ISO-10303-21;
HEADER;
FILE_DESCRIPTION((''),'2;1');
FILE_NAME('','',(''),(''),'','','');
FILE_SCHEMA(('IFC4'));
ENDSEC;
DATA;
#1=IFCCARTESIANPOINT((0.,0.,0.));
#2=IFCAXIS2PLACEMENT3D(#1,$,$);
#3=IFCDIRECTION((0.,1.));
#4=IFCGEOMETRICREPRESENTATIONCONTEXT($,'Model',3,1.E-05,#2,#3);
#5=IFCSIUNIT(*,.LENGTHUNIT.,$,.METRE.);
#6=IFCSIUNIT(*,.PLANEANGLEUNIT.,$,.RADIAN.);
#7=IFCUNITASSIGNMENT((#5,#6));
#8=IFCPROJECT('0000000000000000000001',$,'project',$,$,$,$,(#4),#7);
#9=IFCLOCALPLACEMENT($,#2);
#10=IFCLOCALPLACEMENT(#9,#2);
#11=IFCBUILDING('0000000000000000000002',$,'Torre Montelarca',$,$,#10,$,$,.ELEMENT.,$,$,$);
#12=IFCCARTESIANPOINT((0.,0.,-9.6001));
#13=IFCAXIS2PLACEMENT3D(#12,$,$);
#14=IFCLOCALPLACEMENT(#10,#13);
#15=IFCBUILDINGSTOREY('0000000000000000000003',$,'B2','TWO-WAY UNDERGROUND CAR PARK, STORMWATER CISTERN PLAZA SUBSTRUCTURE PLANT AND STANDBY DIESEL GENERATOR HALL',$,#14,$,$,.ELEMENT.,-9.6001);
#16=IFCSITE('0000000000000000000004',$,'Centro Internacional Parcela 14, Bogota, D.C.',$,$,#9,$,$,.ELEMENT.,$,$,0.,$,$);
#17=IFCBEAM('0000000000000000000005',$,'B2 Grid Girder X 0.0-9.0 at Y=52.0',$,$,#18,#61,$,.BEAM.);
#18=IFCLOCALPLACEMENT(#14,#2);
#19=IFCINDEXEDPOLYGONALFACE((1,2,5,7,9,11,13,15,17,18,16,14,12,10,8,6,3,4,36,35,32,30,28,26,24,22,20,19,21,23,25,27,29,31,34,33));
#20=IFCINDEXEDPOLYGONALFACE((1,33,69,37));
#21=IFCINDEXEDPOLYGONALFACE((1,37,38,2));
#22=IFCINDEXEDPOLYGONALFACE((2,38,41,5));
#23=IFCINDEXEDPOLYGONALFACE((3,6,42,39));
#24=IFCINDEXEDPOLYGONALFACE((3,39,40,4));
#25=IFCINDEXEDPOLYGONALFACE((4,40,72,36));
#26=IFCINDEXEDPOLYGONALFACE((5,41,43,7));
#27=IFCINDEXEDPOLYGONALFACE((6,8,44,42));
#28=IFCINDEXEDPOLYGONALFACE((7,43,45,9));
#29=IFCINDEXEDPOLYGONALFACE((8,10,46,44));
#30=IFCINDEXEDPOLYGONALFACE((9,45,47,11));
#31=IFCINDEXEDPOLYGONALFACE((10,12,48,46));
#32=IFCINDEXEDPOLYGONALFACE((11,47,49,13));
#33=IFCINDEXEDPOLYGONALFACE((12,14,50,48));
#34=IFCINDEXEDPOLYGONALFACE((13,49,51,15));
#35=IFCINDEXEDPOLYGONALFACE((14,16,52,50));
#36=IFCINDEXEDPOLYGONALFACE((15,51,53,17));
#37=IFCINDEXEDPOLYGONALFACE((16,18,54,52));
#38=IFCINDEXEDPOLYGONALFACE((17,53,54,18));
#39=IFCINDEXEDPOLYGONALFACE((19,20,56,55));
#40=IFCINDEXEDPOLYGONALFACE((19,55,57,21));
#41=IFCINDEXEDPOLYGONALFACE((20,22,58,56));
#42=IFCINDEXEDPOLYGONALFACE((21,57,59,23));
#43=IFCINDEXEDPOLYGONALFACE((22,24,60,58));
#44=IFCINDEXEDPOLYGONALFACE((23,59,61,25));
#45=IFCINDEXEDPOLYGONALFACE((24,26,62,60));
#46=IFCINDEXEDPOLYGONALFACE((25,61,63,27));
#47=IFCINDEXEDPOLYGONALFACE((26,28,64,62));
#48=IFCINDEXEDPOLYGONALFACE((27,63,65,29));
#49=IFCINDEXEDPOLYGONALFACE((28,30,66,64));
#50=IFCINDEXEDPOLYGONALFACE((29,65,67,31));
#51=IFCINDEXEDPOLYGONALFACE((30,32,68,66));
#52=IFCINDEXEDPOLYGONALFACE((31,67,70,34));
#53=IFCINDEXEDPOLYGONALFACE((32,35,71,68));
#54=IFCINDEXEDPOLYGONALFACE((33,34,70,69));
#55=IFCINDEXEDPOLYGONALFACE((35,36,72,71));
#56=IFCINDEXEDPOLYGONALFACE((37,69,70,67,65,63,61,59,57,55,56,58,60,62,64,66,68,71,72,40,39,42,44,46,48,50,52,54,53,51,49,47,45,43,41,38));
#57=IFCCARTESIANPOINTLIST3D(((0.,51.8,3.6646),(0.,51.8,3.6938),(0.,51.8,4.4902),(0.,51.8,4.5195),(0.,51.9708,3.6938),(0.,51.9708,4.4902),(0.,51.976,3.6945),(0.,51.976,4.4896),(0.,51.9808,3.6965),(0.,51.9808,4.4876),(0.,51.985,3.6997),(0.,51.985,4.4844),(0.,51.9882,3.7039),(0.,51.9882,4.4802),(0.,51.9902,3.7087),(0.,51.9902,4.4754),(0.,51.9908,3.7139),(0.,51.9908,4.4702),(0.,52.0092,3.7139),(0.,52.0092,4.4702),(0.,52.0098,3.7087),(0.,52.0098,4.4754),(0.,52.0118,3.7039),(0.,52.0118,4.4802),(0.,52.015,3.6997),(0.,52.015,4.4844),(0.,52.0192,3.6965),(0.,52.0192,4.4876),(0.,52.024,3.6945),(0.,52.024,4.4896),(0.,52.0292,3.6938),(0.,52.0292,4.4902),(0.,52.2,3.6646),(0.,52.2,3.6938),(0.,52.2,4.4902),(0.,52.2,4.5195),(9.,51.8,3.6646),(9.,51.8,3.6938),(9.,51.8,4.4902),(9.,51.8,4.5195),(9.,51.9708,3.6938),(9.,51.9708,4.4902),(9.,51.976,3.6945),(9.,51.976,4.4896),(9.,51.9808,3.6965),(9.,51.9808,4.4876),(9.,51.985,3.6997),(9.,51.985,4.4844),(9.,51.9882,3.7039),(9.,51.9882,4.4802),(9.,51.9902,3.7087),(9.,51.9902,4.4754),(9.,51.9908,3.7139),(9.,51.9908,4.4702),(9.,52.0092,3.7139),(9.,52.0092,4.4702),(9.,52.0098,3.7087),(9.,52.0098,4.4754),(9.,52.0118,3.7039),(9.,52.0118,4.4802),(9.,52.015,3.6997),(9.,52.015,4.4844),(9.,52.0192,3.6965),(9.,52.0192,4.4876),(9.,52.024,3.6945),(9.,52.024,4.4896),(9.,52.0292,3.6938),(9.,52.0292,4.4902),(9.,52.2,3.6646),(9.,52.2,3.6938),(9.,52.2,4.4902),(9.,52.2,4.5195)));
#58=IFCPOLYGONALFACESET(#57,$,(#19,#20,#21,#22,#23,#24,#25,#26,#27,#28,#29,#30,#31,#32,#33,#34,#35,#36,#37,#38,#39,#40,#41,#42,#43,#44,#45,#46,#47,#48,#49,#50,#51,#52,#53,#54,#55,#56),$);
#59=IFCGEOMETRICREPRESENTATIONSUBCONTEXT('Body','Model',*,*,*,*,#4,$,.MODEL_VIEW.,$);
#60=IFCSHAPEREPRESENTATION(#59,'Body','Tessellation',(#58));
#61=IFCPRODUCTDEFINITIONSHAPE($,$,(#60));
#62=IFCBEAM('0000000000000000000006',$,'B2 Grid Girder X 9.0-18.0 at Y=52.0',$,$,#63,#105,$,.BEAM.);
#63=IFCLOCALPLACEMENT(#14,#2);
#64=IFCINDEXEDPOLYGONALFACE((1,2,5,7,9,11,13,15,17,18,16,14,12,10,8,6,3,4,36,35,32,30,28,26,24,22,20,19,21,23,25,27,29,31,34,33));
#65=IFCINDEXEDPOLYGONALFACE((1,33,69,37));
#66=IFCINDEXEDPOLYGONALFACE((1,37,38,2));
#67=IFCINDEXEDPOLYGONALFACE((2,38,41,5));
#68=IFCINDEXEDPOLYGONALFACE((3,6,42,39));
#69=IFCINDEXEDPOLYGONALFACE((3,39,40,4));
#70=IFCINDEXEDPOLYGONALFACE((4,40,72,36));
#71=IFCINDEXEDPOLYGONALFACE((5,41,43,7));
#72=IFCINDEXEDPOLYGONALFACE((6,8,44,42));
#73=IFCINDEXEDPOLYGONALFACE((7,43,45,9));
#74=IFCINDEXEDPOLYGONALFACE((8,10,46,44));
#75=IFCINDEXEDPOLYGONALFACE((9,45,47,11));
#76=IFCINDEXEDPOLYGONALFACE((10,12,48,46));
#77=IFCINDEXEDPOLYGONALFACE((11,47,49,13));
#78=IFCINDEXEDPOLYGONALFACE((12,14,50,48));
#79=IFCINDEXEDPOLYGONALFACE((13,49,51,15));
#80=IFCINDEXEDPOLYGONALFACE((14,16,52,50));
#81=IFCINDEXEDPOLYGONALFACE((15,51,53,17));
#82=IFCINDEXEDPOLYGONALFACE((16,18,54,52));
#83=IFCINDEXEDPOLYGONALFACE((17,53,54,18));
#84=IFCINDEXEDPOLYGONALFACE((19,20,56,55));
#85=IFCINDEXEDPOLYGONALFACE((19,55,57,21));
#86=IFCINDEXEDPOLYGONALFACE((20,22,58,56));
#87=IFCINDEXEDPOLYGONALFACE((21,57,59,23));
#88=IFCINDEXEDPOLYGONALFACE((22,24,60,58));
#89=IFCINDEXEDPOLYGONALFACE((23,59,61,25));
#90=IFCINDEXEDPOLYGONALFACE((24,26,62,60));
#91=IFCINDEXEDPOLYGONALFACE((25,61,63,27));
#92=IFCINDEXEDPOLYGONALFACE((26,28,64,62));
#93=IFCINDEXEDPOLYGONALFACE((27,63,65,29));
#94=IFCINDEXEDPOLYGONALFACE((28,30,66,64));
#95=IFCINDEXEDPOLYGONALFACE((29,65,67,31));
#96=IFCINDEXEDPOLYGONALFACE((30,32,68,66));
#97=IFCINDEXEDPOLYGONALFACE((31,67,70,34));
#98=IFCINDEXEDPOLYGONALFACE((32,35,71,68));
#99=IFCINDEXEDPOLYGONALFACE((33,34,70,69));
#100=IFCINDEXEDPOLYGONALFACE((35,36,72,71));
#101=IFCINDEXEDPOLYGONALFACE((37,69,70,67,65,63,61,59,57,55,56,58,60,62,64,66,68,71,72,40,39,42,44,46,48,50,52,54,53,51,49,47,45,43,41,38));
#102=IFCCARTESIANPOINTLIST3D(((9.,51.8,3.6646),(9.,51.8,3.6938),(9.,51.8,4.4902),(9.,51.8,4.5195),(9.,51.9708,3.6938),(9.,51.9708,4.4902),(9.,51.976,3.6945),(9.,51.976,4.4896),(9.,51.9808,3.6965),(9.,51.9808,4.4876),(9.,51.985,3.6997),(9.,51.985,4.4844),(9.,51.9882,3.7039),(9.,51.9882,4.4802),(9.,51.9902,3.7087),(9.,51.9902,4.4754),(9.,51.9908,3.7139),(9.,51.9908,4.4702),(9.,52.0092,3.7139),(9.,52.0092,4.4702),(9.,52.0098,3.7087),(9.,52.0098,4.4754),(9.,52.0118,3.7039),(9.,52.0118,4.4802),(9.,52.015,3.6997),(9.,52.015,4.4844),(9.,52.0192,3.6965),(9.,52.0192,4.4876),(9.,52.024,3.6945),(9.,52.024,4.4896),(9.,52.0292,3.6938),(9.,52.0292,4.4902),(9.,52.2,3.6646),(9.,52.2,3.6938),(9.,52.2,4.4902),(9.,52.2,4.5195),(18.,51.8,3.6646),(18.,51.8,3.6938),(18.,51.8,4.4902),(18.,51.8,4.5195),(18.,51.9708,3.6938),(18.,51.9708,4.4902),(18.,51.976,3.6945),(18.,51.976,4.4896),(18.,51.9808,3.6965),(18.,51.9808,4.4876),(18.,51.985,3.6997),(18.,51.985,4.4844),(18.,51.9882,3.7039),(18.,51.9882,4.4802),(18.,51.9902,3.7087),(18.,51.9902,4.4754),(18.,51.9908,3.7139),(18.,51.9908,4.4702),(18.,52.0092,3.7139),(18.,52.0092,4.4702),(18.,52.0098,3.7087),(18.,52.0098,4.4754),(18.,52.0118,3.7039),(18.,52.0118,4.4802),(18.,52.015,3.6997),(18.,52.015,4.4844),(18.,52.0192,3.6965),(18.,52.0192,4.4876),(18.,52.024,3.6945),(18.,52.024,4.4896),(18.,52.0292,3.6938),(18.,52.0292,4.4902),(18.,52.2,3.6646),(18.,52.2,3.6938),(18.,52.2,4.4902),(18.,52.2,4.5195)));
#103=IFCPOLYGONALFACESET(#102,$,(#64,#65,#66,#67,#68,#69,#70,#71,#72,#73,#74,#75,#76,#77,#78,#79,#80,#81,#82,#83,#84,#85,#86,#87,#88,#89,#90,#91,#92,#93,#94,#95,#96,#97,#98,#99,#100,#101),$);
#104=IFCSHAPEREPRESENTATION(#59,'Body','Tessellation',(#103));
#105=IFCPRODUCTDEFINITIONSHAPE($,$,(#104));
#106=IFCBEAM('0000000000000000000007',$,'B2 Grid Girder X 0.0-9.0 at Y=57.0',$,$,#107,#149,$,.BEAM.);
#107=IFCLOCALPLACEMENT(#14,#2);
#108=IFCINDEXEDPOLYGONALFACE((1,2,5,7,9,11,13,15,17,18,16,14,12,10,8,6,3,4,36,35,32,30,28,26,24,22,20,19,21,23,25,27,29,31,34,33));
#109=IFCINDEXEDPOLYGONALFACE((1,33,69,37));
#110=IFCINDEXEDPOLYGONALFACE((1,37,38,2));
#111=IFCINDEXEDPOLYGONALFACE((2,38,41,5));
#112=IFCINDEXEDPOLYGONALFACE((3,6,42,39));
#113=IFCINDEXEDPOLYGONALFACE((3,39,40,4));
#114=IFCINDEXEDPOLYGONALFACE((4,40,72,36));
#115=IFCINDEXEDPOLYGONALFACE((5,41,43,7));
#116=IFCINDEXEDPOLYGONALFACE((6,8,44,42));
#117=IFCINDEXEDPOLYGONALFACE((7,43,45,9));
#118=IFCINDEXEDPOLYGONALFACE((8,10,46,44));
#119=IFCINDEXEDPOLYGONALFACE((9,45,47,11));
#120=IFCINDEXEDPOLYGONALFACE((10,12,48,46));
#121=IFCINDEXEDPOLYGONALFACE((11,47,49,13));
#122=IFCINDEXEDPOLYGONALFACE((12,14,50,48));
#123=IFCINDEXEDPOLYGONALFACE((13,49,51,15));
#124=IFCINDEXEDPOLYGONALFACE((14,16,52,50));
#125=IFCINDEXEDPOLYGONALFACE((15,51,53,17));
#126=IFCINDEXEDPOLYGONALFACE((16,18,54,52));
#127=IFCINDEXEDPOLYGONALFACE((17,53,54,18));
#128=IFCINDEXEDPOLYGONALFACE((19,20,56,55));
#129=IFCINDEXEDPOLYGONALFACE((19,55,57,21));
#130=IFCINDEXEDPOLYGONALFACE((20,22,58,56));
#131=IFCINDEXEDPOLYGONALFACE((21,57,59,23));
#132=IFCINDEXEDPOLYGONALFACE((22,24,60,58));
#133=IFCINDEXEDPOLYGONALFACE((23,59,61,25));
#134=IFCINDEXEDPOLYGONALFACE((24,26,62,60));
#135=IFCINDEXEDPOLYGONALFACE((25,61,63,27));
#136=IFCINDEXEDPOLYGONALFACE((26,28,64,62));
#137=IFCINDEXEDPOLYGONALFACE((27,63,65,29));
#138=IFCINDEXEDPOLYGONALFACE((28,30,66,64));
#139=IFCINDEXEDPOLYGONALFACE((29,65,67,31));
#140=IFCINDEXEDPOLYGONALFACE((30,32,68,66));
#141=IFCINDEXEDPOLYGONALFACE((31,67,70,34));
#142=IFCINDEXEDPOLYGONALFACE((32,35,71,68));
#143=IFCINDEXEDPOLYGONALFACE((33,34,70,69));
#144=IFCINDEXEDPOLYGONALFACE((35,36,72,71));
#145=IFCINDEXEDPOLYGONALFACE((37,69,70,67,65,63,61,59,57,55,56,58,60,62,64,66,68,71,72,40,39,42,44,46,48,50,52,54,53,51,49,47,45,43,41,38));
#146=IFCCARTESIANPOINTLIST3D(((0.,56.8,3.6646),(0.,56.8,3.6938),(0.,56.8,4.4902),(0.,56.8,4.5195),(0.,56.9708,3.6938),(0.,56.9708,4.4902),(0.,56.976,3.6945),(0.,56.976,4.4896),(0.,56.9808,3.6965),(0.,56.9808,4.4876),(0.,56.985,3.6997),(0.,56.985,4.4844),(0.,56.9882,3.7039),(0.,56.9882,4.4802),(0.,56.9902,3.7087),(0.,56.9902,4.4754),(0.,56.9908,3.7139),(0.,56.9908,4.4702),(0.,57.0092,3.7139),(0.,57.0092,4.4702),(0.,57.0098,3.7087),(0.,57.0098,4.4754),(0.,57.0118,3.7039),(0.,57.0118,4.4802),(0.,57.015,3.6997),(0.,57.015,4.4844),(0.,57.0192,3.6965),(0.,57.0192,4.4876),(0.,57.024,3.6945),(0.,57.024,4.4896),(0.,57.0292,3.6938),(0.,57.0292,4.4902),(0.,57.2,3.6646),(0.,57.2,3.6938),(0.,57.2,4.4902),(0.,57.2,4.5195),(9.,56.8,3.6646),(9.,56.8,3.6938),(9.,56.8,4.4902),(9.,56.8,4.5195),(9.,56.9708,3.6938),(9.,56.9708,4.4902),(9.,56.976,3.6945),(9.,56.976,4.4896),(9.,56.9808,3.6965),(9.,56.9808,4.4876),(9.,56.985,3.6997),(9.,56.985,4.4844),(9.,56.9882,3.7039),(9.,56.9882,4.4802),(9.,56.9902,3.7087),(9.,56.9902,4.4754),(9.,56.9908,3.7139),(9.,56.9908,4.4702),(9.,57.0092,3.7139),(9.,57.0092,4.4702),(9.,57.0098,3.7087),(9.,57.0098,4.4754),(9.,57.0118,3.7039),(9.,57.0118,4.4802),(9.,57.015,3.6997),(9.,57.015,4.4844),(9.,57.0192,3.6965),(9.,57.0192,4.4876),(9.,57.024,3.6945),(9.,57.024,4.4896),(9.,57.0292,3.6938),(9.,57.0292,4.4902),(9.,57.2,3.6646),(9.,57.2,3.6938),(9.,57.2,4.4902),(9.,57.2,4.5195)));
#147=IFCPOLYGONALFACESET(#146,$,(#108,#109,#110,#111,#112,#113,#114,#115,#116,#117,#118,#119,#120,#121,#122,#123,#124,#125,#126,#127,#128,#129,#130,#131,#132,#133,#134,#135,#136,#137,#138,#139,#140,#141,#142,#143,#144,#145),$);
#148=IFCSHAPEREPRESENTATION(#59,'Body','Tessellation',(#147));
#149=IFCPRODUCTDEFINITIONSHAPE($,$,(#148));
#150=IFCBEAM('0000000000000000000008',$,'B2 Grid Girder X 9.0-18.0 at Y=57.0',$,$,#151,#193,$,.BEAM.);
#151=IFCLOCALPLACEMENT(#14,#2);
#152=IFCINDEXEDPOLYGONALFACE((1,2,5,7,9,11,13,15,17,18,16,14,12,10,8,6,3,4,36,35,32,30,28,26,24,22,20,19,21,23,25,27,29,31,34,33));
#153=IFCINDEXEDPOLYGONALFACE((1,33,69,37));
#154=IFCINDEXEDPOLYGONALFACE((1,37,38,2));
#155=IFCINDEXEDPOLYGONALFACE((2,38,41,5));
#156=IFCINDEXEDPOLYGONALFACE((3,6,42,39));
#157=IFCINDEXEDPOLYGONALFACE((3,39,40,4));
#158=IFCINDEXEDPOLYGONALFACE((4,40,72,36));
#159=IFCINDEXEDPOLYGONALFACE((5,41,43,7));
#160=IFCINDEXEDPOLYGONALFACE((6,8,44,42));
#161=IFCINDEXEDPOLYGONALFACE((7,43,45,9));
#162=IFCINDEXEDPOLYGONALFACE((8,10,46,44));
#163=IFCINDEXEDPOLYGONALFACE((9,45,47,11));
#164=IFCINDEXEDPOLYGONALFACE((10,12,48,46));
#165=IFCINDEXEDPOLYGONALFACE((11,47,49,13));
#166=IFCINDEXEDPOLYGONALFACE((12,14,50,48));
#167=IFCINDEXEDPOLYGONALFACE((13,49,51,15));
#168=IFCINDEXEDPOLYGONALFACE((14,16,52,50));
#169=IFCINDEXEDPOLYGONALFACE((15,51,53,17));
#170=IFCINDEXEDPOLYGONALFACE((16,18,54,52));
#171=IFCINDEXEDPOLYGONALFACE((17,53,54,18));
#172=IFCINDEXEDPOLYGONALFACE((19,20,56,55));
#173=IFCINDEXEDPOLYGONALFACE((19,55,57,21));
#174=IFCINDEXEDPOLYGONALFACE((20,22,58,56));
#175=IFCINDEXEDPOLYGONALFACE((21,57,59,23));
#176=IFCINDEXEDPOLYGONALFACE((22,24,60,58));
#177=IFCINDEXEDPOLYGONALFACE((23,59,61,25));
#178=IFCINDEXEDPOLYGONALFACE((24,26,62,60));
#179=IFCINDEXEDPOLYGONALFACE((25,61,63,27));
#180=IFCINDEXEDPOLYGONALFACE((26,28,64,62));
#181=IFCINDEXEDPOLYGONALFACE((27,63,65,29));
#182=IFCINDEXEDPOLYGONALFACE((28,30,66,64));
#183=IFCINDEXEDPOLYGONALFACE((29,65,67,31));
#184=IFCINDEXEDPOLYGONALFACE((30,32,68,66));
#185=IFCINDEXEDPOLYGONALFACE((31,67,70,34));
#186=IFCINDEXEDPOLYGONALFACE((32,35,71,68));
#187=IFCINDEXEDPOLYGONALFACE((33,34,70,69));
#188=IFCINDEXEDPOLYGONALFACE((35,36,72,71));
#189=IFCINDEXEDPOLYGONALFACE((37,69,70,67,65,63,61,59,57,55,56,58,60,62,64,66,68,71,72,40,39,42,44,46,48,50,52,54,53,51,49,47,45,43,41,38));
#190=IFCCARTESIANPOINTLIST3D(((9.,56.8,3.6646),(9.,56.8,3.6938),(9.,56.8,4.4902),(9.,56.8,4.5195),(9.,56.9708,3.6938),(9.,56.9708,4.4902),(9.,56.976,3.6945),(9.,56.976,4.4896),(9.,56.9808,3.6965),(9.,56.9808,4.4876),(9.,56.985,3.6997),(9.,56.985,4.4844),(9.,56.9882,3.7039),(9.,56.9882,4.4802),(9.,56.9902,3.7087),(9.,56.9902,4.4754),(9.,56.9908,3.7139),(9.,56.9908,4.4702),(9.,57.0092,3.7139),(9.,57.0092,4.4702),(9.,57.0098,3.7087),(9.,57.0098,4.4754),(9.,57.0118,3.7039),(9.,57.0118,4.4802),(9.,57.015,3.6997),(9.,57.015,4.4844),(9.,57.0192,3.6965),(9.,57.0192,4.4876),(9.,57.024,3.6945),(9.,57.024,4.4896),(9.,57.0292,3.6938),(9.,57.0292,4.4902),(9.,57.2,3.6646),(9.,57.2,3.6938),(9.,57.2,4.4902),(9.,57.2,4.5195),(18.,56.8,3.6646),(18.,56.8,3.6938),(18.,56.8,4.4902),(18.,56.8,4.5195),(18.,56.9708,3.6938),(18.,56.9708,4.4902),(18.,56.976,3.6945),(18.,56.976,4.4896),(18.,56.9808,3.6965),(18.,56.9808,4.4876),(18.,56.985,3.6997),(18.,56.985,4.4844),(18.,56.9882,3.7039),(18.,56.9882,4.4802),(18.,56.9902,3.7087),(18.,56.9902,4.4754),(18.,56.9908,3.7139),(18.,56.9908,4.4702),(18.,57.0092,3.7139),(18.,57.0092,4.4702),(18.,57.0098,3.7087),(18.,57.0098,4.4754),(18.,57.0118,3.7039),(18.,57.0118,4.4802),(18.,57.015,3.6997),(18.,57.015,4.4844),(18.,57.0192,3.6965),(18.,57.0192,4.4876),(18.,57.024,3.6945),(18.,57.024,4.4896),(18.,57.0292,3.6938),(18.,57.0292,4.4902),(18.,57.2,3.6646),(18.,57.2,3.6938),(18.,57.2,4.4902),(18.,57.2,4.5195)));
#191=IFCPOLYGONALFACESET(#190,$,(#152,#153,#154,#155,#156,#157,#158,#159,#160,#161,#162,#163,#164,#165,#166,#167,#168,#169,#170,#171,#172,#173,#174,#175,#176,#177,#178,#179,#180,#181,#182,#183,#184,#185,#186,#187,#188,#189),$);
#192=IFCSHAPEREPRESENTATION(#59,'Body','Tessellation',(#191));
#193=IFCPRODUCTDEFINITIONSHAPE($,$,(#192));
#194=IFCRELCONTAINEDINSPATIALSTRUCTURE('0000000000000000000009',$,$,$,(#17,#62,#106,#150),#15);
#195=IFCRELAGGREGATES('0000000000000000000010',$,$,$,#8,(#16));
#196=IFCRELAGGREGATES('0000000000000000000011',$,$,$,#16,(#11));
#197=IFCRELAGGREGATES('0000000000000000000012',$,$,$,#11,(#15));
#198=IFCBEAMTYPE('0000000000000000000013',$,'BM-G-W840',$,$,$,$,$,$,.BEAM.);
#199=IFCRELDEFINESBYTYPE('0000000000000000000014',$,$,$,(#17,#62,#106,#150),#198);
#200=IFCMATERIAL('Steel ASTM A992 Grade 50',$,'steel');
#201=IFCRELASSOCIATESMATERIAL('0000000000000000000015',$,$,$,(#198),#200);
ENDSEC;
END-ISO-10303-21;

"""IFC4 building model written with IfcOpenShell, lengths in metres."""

from ifc_helpers import new_model, si_unit, direction, frame, origin, origin_2d, place, context, subcontext, project, spatial, i_section, extrude, source, transform, mapped, material, material_profile, profile_set, type_object, element, save


model = new_model("IFC4")

# Units and contexts
model_context = context("Model", 3, precision=1e-05, world=origin(), true_north=direction((0.0, 1.0)))
body_context = subcontext(model_context, "Body", "Model", "MODEL_VIEW")
ifc_project = project(units=[si_unit("LENGTHUNIT", "METRE"), si_unit("PLANEANGLEUNIT", "RADIAN")], contexts=[model_context])

# Site, building, storey
site_placement = place(None, origin())
site = spatial("IfcSite", under=ifc_project, at=site_placement, Name="Centro Internacional Parcela 14, Bogota, D.C.", CompositionType="ELEMENT", RefElevation=0.0)
building_placement = place(site_placement, origin())
building = spatial("IfcBuilding", under=site, at=building_placement, Name="Torre Montelarca", CompositionType="ELEMENT")
storey_placement = place(building_placement, frame((0.0, 0.0, -9.6001)))
storey = spatial("IfcBuildingStorey", under=building, at=storey_placement, Name="B2", Description="TWO-WAY UNDERGROUND CAR PARK, STORMWATER CISTERN PLAZA SUBSTRUCTURE PLANT AND STANDBY DIESEL GENERATOR HALL", CompositionType="ELEMENT", Elevation=-9.6001)

# Beams
ifc_material_1 = material(Name="Steel ASTM A992 Grade 50", Category="steel")
ifc_material_profile_1 = material_profile(ifc_material_1, i_section(OverallWidth=0.3999, OverallDepth=0.855, WebThickness=0.0183, FlangeThickness=0.0293, FilletRadius=0.02, at=origin_2d()), Name="W840X299", Category="steel")
ifc_profile_set_1 = profile_set([ifc_material_profile_1], Name="Steel ASTM A992 Grade 50")
beam_type_1 = type_object("IfcBeamType", Name="BM-G-W840", PredefinedType="BEAM", material=ifc_profile_set_1)
shared_shape_1 = source(origin(), body_context, "Body", "SweptSolid", [
    extrude(i_section(OverallWidth=0.3999, OverallDepth=0.855, WebThickness=0.0183, FlangeThickness=0.0293, FilletRadius=0.02, at=origin_2d()), origin(), (0.0, 0.0, 1.0), 9.0),
])
for number, where, z_axis, x_axis, name in (
    (1, (0.0, 52.0, 4.092), (1.0, 0.0, 0.0), (0.0, 1.0, 0.0), "B2 Grid Girder X 0.0-9.0 at Y=52.0"),
    (2, (9.0, 52.0, 4.092), (1.0, 0.0, 0.0), (0.0, 1.0, 0.0), "B2 Grid Girder X 9.0-18.0 at Y=52.0"),
    (3, (0.0, 57.0, 4.092), (1.0, 0.0, 0.0), (0.0, 1.0, 0.0), "B2 Grid Girder X 0.0-9.0 at Y=57.0"),
    (4, (9.0, 57.0, 4.092), (1.0, 0.0, 0.0), (0.0, 1.0, 0.0), "B2 Grid Girder X 9.0-18.0 at Y=57.0"),
):
    element("IfcBeam", number, at=place(storey_placement, frame(where, z_axis=z_axis, x_axis=x_axis)), inside=storey, type_object=beam_type_1, Name=name, PredefinedType="BEAM", context=body_context, shape_type="MappedRepresentation", body=[
        mapped(shared_shape_1, transform((0.0, 0.0, 0.0), scale=1.0)),
    ])

save(model, "model.ifc")
